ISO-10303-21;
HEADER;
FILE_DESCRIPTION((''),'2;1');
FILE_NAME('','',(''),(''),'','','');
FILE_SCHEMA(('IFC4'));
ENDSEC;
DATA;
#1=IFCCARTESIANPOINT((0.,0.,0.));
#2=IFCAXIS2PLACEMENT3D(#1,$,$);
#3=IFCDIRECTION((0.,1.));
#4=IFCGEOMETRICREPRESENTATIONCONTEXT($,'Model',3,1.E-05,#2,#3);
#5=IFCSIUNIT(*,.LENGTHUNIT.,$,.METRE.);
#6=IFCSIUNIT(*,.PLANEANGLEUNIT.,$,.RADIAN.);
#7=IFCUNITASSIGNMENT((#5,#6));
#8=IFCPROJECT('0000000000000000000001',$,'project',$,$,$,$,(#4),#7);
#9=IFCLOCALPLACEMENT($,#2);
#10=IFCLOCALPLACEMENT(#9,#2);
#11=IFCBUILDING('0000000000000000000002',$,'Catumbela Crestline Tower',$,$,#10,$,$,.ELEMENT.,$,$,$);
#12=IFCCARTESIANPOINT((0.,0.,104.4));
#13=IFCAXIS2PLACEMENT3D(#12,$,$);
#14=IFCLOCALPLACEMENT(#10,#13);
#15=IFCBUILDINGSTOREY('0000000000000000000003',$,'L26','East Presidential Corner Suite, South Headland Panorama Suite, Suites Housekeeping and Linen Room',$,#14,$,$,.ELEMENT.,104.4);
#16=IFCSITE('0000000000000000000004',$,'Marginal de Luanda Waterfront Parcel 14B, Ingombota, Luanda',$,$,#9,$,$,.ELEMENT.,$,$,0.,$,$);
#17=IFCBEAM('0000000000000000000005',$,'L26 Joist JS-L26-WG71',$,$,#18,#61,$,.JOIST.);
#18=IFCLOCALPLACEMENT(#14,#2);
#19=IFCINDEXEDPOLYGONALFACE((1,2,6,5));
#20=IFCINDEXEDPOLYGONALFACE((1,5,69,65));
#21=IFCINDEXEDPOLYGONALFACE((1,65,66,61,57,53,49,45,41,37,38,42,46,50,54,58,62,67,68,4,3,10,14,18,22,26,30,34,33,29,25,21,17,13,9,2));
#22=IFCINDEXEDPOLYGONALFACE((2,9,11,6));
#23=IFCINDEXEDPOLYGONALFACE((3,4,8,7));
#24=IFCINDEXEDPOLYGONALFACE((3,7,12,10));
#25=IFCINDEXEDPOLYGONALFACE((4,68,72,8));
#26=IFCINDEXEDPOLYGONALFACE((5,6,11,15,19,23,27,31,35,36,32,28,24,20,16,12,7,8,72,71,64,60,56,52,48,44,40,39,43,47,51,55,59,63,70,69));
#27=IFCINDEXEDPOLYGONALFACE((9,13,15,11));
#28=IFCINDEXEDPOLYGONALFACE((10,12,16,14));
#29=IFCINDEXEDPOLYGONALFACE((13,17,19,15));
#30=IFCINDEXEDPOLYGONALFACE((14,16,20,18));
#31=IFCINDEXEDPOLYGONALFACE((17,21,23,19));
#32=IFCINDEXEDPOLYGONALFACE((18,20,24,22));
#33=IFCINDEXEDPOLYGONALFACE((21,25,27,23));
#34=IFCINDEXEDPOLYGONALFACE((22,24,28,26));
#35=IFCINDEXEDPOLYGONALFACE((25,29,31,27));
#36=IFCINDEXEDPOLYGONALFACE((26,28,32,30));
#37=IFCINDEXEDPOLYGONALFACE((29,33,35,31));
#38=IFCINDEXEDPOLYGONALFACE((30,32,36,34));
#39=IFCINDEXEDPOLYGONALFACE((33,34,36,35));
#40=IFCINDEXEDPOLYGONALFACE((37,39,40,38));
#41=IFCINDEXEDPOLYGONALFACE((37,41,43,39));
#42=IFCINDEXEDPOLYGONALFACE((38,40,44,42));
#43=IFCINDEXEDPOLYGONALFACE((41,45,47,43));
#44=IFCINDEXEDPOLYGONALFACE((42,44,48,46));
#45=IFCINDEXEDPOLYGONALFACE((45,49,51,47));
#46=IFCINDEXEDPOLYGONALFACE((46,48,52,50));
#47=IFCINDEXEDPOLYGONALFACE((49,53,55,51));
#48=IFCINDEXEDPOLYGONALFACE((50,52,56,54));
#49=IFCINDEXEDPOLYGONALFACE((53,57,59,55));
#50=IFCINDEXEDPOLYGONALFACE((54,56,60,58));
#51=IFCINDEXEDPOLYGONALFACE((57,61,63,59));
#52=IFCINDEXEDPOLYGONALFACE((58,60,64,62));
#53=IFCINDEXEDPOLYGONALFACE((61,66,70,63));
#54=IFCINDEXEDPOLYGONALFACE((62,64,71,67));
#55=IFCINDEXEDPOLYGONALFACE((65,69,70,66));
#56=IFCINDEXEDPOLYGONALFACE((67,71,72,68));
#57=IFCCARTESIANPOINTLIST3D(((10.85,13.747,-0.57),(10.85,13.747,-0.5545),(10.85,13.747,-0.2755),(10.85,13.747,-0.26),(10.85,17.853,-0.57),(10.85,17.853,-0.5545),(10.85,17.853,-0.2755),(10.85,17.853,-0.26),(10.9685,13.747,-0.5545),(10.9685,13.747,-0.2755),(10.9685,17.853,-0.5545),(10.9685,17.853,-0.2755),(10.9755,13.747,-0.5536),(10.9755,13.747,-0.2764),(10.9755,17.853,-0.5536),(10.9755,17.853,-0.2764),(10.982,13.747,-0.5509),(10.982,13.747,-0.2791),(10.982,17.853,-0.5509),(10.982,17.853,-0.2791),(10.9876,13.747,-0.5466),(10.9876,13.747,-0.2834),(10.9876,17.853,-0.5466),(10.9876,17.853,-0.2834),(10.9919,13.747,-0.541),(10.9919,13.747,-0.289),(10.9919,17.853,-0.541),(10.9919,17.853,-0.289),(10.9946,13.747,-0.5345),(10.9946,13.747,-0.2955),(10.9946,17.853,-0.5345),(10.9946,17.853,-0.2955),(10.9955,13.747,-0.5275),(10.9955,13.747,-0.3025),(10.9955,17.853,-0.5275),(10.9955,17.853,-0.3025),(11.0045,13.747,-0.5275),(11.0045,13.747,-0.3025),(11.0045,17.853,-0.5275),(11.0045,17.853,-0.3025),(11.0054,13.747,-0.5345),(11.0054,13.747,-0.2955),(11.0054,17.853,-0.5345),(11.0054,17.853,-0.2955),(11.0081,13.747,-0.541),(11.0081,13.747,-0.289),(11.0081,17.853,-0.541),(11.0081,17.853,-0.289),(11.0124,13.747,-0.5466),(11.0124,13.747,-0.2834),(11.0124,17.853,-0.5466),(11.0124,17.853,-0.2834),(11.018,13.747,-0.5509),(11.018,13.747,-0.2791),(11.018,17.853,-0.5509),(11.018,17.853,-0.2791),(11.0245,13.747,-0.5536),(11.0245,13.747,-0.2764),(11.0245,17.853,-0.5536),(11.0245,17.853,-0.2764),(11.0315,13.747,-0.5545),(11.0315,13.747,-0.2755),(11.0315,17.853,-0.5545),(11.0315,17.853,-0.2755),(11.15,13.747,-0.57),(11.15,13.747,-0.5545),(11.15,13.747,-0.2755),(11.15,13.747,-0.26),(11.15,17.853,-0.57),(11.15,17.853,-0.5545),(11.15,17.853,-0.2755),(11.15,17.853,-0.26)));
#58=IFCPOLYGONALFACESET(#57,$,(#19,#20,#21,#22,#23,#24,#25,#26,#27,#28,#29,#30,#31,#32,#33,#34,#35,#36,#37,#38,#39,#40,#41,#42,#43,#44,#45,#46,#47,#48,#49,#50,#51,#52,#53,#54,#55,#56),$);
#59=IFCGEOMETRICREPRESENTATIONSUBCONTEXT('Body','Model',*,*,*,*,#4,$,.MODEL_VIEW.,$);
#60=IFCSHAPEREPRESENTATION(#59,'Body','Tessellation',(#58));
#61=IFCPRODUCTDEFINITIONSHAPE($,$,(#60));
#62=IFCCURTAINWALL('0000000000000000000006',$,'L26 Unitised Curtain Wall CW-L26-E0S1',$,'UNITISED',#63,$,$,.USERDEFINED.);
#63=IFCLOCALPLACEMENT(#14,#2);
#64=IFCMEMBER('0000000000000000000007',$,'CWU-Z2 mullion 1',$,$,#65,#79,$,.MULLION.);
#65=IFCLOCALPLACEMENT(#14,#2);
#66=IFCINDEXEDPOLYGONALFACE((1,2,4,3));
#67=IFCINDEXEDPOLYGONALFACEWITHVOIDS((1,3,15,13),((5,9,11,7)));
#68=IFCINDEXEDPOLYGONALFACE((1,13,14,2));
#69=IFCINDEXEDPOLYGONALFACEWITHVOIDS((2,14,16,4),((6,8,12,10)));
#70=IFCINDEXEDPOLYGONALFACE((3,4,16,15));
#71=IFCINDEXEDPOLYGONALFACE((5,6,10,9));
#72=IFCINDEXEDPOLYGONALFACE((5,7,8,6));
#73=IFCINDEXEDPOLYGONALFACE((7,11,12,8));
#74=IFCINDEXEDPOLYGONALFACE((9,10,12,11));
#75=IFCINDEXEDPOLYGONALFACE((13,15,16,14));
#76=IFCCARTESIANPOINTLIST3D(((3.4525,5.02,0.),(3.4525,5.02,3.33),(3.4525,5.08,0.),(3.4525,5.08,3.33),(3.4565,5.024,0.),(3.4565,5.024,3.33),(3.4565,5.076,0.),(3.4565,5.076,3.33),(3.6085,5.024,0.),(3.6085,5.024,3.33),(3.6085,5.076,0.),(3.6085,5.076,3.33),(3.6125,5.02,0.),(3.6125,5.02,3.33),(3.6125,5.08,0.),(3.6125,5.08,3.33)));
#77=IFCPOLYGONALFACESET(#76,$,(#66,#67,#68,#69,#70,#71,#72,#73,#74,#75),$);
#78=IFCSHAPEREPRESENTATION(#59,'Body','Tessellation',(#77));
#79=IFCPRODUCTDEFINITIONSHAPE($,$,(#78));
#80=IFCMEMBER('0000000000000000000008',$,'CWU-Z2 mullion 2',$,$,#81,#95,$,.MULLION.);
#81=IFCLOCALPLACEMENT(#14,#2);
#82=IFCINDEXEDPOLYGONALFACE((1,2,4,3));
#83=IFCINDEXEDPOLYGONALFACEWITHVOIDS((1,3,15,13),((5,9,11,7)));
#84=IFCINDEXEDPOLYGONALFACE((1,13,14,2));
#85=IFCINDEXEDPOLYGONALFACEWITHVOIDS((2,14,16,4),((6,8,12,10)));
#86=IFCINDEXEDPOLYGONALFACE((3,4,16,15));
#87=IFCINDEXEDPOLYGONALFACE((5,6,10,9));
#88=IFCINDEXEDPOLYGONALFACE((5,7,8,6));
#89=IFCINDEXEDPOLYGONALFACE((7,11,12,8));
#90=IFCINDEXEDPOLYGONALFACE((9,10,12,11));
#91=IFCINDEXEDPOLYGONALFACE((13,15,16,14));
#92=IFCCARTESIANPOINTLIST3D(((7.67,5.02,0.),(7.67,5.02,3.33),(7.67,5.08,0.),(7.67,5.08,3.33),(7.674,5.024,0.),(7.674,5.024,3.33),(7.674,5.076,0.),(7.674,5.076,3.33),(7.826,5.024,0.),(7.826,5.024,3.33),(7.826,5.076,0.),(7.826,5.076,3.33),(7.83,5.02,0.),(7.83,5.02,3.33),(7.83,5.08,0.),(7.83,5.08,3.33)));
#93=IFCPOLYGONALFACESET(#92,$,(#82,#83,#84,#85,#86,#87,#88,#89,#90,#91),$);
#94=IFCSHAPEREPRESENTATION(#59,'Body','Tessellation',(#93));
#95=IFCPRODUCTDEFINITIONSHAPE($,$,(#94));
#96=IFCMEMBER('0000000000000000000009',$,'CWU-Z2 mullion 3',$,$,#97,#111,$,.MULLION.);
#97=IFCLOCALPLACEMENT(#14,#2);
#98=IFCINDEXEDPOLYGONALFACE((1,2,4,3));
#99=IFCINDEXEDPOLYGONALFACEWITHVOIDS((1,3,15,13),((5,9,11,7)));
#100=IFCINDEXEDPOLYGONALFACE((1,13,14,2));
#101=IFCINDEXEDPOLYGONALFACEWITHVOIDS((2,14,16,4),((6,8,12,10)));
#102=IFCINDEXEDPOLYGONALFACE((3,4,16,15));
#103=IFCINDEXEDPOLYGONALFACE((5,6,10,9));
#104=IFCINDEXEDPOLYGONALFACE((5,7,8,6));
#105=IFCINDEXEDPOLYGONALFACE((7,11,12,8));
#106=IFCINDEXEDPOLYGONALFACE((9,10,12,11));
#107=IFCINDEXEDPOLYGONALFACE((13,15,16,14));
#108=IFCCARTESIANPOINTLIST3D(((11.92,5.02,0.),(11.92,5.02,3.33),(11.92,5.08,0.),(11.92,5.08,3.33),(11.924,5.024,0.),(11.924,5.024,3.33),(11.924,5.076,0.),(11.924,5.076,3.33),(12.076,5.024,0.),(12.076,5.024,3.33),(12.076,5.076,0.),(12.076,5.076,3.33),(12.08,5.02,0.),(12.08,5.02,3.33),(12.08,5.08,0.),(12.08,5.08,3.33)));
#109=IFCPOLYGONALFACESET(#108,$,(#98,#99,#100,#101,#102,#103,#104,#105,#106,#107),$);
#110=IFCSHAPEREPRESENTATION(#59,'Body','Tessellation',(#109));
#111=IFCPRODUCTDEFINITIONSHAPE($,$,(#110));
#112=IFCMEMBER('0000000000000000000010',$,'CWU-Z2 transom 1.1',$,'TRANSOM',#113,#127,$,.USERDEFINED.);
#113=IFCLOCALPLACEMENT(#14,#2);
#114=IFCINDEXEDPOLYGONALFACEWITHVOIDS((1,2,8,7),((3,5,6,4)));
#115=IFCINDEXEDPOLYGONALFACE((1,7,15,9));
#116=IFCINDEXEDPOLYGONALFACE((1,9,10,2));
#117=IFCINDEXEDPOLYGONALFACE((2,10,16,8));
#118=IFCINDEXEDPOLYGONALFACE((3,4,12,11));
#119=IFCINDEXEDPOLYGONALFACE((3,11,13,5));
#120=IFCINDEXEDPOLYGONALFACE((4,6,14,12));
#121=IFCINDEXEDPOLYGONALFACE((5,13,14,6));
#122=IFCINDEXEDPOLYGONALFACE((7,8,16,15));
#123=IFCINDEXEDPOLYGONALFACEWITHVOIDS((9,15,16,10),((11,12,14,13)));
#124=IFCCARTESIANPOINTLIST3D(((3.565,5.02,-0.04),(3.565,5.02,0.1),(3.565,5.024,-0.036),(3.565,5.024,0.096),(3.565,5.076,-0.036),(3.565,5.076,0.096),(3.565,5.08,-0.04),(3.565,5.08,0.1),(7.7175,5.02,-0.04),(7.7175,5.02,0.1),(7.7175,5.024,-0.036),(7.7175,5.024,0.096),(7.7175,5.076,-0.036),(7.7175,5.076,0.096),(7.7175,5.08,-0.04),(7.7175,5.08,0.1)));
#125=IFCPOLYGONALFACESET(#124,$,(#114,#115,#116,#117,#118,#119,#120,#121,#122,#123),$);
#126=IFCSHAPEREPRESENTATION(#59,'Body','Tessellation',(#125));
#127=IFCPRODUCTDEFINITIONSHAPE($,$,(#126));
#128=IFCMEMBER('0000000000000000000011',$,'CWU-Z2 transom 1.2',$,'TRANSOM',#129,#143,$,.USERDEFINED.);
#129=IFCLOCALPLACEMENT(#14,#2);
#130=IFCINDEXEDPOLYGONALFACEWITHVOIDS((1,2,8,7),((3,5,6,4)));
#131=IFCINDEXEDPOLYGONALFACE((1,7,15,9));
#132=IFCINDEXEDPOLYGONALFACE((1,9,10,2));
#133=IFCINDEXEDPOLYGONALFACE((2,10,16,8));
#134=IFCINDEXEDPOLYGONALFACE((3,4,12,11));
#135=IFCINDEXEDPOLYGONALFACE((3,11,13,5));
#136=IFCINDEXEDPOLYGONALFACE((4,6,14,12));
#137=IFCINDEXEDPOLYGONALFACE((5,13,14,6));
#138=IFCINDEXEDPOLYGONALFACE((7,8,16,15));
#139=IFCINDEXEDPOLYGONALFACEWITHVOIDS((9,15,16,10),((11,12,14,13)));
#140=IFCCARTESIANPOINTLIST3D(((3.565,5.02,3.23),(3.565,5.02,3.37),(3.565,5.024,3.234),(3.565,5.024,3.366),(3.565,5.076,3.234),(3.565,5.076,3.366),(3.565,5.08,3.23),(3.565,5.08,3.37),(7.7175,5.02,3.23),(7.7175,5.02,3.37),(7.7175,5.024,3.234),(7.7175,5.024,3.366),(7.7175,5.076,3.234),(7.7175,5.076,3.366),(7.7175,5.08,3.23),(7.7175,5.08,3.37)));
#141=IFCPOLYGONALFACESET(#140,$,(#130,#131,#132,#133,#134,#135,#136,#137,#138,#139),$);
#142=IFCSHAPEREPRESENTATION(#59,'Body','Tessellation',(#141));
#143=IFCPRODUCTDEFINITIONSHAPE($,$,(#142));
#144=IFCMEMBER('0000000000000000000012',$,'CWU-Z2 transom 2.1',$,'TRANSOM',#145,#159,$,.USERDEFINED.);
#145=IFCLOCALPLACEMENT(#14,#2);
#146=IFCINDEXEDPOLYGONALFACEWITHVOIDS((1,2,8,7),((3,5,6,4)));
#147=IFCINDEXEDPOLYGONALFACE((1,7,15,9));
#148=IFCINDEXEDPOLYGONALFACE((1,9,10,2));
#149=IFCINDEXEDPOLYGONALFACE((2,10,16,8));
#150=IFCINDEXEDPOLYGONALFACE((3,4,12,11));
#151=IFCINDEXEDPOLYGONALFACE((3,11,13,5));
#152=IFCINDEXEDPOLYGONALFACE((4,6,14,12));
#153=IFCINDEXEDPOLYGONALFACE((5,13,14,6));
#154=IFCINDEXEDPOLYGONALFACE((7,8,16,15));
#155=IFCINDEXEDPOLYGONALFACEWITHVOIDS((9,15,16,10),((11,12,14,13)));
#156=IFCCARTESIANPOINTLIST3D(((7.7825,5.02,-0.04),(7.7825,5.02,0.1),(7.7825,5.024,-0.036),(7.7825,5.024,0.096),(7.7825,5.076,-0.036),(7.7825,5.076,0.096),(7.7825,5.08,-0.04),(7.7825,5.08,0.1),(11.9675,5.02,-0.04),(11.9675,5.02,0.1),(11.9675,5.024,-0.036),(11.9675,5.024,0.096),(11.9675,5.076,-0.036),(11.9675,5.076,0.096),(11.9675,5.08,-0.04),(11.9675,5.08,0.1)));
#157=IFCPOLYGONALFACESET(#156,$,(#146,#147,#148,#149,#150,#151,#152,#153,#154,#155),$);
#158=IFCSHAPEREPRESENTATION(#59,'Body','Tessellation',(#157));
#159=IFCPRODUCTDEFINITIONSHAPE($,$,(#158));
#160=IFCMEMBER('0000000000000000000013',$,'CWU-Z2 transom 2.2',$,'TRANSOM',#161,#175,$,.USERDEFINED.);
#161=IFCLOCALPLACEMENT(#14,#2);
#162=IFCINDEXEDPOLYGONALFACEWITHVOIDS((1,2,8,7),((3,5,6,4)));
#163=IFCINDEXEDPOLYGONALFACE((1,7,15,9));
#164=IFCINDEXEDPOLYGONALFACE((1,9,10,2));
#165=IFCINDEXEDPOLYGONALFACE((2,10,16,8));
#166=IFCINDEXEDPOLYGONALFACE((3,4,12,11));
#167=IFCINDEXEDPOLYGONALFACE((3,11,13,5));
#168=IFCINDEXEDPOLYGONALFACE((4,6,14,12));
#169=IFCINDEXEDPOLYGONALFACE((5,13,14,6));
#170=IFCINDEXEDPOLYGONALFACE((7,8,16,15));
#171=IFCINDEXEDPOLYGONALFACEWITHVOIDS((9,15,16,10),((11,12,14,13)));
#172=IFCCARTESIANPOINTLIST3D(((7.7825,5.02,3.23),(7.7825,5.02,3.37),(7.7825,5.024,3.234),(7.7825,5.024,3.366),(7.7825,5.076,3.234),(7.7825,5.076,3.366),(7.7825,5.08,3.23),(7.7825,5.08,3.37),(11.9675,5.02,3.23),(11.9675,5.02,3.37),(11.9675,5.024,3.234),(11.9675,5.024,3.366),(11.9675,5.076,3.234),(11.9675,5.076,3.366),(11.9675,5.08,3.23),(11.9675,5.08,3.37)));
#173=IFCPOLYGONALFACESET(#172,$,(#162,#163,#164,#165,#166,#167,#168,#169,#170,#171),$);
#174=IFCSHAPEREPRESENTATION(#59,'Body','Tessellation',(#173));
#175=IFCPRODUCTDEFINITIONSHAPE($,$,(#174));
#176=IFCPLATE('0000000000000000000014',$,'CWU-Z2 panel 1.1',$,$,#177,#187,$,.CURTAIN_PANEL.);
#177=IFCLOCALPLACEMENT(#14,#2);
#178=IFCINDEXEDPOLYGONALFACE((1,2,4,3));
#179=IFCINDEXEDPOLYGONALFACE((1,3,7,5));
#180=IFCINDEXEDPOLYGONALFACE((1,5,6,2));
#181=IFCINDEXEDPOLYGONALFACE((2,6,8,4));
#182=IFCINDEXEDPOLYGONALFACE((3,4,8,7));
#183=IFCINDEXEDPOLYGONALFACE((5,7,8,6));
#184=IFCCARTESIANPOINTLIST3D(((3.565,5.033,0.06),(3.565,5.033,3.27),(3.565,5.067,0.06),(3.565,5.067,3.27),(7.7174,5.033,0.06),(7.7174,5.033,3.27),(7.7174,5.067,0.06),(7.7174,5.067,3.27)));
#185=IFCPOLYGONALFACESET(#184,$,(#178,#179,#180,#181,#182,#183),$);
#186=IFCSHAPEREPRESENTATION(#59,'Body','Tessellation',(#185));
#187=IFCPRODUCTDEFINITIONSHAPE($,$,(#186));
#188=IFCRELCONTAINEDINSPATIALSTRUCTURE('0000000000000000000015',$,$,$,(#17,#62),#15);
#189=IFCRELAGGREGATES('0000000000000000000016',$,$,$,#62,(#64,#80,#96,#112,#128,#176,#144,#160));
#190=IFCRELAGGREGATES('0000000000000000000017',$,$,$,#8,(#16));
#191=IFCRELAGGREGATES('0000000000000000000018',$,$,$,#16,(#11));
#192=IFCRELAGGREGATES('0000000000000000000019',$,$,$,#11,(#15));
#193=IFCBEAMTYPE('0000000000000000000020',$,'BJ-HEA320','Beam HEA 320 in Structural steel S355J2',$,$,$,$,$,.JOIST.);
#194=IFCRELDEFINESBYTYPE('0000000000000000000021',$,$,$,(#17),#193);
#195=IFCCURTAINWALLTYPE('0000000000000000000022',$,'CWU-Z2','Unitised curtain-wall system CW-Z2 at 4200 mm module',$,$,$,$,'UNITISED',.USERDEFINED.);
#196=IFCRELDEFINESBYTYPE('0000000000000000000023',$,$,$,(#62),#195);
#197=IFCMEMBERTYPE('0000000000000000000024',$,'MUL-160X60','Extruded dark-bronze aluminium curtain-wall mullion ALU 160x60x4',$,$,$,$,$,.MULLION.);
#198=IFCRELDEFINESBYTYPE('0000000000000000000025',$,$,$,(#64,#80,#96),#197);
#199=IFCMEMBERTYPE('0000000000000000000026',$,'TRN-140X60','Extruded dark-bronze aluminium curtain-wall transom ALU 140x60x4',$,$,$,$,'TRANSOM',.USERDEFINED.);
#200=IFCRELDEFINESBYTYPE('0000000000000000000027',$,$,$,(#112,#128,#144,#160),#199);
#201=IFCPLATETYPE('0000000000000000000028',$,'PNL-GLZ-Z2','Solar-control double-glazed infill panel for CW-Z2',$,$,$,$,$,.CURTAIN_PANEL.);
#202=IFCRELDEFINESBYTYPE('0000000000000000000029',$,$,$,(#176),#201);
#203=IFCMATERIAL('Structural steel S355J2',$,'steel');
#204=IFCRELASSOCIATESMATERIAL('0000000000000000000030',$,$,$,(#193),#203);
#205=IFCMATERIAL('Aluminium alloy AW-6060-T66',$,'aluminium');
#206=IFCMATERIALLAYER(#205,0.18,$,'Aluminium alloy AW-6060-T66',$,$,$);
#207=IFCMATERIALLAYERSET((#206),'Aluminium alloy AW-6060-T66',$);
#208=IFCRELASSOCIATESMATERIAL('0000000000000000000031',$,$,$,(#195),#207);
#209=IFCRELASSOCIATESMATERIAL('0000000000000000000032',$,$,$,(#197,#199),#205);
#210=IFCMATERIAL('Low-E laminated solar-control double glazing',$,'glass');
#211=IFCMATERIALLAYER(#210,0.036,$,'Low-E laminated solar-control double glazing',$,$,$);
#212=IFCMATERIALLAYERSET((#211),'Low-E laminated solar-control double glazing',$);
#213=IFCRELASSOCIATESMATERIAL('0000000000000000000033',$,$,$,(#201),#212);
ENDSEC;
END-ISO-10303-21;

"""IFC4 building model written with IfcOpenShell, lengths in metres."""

from ifc_helpers import new_model, si_unit, direction, frame, origin, origin_2d, place, context, subcontext, project, spatial, rectangle, hollow_rectangle, i_section, extrude, material, layer, layer_set, material_profile, profile_set, type_object, element, aggregate, save


model = new_model("IFC4")

# Units and contexts
model_context = context("Model", 3, precision=1e-05, world=origin(), true_north=direction((0.0, 1.0)))
body_context = subcontext(model_context, "Body", "Model", "MODEL_VIEW")
ifc_project = project(units=[si_unit("LENGTHUNIT", "METRE"), si_unit("PLANEANGLEUNIT", "RADIAN")], contexts=[model_context])

# Site, building, storey
site_placement = place(None, origin())
site = spatial("IfcSite", under=ifc_project, at=site_placement, Name="Marginal de Luanda Waterfront Parcel 14B, Ingombota, Luanda", CompositionType="ELEMENT", RefElevation=0.0)
building_placement = place(site_placement, origin())
building = spatial("IfcBuilding", under=site, at=building_placement, Name="Catumbela Crestline Tower", CompositionType="ELEMENT")
storey_placement = place(building_placement, frame((0.0, 0.0, 104.4)))
storey = spatial("IfcBuildingStorey", under=building, at=storey_placement, Name="L26", Description="East Presidential Corner Suite, South Headland Panorama Suite, Suites Housekeeping and Linen Room", CompositionType="ELEMENT", Elevation=104.4)

# Beam
ifc_material_1 = material(Name="Structural steel S355J2", Category="steel")
ifc_material_profile_1 = material_profile(ifc_material_1, i_section(OverallWidth=0.3, OverallDepth=0.31, WebThickness=0.009, FlangeThickness=0.0155, FilletRadius=0.027, at=origin_2d()), Name="HEA 320")
ifc_profile_set_1 = profile_set([ifc_material_profile_1], Name="Structural steel S355J2")
beam_type_1 = type_object("IfcBeamType", Name="BJ-HEA320", Description="Beam HEA 320 in Structural steel S355J2", PredefinedType="JOIST", material=ifc_profile_set_1)
for number, where, z_axis, x_axis, name in (
    (1, (11.0, 13.747, -0.415), (0.0, 1.0, 0.0), (-1.0, 0.0, 0.0), "L26 Joist JS-L26-WG71"),
):
    element("IfcBeam", number, at=place(storey_placement, frame(where, z_axis=z_axis, x_axis=x_axis)), inside=storey, type_object=beam_type_1, Name=name, PredefinedType="JOIST", context=body_context, shape_type="SweptSolid", body=[
        extrude(i_section(OverallWidth=0.3, OverallDepth=0.31, WebThickness=0.009, FlangeThickness=0.0155, FilletRadius=0.027, at=origin_2d()), origin(), (0.0, 0.0, 1.0), 4.106),
    ])

# Curtain wall, members, plate
ifc_material_2 = material(Name="Aluminium alloy AW-6060-T66", Category="aluminium")
ifc_layer_1 = layer(ifc_material_2, 0.18, Name="Aluminium alloy AW-6060-T66")
ifc_layer_set_1 = layer_set([ifc_layer_1], Name="Aluminium alloy AW-6060-T66")
curtain_wall_type = type_object("IfcCurtainWallType", Name="CWU-Z2", Description="Unitised curtain-wall system CW-Z2 at 4200 mm module", ElementType="UNITISED", PredefinedType="USERDEFINED", material=ifc_layer_set_1)
curtain_wall_placement = place(storey_placement, origin())
curtain_wall = element("IfcCurtainWall", 2, at=curtain_wall_placement, inside=storey, type_object=curtain_wall_type, Name="L26 Unitised Curtain Wall CW-L26-E0S1", ObjectType="UNITISED", PredefinedType="USERDEFINED")
ifc_material_profile_2 = material_profile(ifc_material_2, hollow_rectangle(XDim=0.06, YDim=0.16, WallThickness=0.004, at=origin_2d()), Name="ALU 160x60x4")
ifc_profile_set_2 = profile_set([ifc_material_profile_2], Name="Aluminium alloy AW-6060-T66")
member_type_1 = type_object("IfcMemberType", Name="MUL-160X60", Description="Extruded dark-bronze aluminium curtain-wall mullion ALU 160x60x4", PredefinedType="MULLION", material=ifc_profile_set_2)
member_1_placement = place(storey_placement, frame((3.5325, 5.05, 0.0), z_axis=(0.0, 0.0, 1.0), x_axis=(0.0, 1.0, 0.0)))
member_1 = element("IfcMember", 3, at=member_1_placement, type_object=member_type_1, Name="CWU-Z2 mullion 1", PredefinedType="MULLION", context=body_context, shape_type="SweptSolid", body=[
    extrude(hollow_rectangle(XDim=0.06, YDim=0.16, WallThickness=0.004, at=origin_2d()), origin(), (0.0, 0.0, 1.0), 3.33),
])
member_2_placement = place(storey_placement, frame((7.75, 5.05, 0.0), z_axis=(0.0, 0.0, 1.0), x_axis=(0.0, 1.0, 0.0)))
member_2 = element("IfcMember", 4, at=member_2_placement, type_object=member_type_1, Name="CWU-Z2 mullion 2", PredefinedType="MULLION", context=body_context, shape_type="SweptSolid", body=[
    extrude(hollow_rectangle(XDim=0.06, YDim=0.16, WallThickness=0.004, at=origin_2d()), origin(), (0.0, 0.0, 1.0), 3.33),
])
member_3_placement = place(storey_placement, frame((12.0, 5.05, 0.0), z_axis=(0.0, 0.0, 1.0), x_axis=(0.0, 1.0, 0.0)))
member_3 = element("IfcMember", 5, at=member_3_placement, type_object=member_type_1, Name="CWU-Z2 mullion 3", PredefinedType="MULLION", context=body_context, shape_type="SweptSolid", body=[
    extrude(hollow_rectangle(XDim=0.06, YDim=0.16, WallThickness=0.004, at=origin_2d()), origin(), (0.0, 0.0, 1.0), 3.33),
])
ifc_material_profile_3 = material_profile(ifc_material_2, hollow_rectangle(XDim=0.06, YDim=0.14, WallThickness=0.004, at=origin_2d()), Name="ALU 140x60x4")
ifc_profile_set_3 = profile_set([ifc_material_profile_3], Name="Aluminium alloy AW-6060-T66")
member_type_2 = type_object("IfcMemberType", Name="TRN-140X60", Description="Extruded dark-bronze aluminium curtain-wall transom ALU 140x60x4", ElementType="TRANSOM", PredefinedType="USERDEFINED", material=ifc_profile_set_3)
member_4_placement = place(storey_placement, frame((3.565, 5.05, 0.03), z_axis=(1.0, 0.0, 0.0), x_axis=(0.0, 1.0, 0.0)))
member_4 = element("IfcMember", 6, at=member_4_placement, type_object=member_type_2, Name="CWU-Z2 transom 1.1", ObjectType="TRANSOM", PredefinedType="USERDEFINED", context=body_context, shape_type="SweptSolid", body=[
    extrude(hollow_rectangle(XDim=0.06, YDim=0.14, WallThickness=0.004, at=origin_2d()), origin(), (0.0, 0.0, 1.0), 4.1525),
])
member_5_placement = place(storey_placement, frame((3.565, 5.05, 3.3), z_axis=(1.0, 0.0, 0.0), x_axis=(0.0, 1.0, 0.0)))
member_5 = element("IfcMember", 7, at=member_5_placement, type_object=member_type_2, Name="CWU-Z2 transom 1.2", ObjectType="TRANSOM", PredefinedType="USERDEFINED", context=body_context, shape_type="SweptSolid", body=[
    extrude(hollow_rectangle(XDim=0.06, YDim=0.14, WallThickness=0.004, at=origin_2d()), origin(), (0.0, 0.0, 1.0), 4.1525),
])
member_6_placement = place(storey_placement, frame((7.7825, 5.05, 0.03), z_axis=(1.0, 0.0, 0.0), x_axis=(0.0, 1.0, 0.0)))
member_6 = element("IfcMember", 8, at=member_6_placement, type_object=member_type_2, Name="CWU-Z2 transom 2.1", ObjectType="TRANSOM", PredefinedType="USERDEFINED", context=body_context, shape_type="SweptSolid", body=[
    extrude(hollow_rectangle(XDim=0.06, YDim=0.14, WallThickness=0.004, at=origin_2d()), origin(), (0.0, 0.0, 1.0), 4.185),
])
member_7_placement = place(storey_placement, frame((7.7825, 5.05, 3.3), z_axis=(1.0, 0.0, 0.0), x_axis=(0.0, 1.0, 0.0)))
member_7 = element("IfcMember", 9, at=member_7_placement, type_object=member_type_2, Name="CWU-Z2 transom 2.2", ObjectType="TRANSOM", PredefinedType="USERDEFINED", context=body_context, shape_type="SweptSolid", body=[
    extrude(hollow_rectangle(XDim=0.06, YDim=0.14, WallThickness=0.004, at=origin_2d()), origin(), (0.0, 0.0, 1.0), 4.185),
])
ifc_material_3 = material(Name="Low-E laminated solar-control double glazing", Category="glass")
ifc_layer_2 = layer(ifc_material_3, 0.036, Name="Low-E laminated solar-control double glazing")
ifc_layer_set_2 = layer_set([ifc_layer_2], Name="Low-E laminated solar-control double glazing")
plate_type = type_object("IfcPlateType", Name="PNL-GLZ-Z2", Description="Solar-control double-glazed infill panel for CW-Z2", PredefinedType="CURTAIN_PANEL", material=ifc_layer_set_2)
plate_1_placement = place(storey_placement, frame((5.6412, 5.05, 0.06), z_axis=(0.0, 0.0, 1.0), x_axis=(1.0, 0.0, 0.0)))
plate_1 = element("IfcPlate", 10, at=plate_1_placement, type_object=plate_type, Name="CWU-Z2 panel 1.1", PredefinedType="CURTAIN_PANEL", context=body_context, shape_type="SweptSolid", body=[
    extrude(rectangle(XDim=4.1525, YDim=0.034, at=origin_2d()), origin(), (0.0, 0.0, 1.0), 3.21),
])
aggregate(curtain_wall, [member_1, member_2, member_3, member_4, member_5, plate_1, member_6, member_7])

save(model, "model.ifc")
